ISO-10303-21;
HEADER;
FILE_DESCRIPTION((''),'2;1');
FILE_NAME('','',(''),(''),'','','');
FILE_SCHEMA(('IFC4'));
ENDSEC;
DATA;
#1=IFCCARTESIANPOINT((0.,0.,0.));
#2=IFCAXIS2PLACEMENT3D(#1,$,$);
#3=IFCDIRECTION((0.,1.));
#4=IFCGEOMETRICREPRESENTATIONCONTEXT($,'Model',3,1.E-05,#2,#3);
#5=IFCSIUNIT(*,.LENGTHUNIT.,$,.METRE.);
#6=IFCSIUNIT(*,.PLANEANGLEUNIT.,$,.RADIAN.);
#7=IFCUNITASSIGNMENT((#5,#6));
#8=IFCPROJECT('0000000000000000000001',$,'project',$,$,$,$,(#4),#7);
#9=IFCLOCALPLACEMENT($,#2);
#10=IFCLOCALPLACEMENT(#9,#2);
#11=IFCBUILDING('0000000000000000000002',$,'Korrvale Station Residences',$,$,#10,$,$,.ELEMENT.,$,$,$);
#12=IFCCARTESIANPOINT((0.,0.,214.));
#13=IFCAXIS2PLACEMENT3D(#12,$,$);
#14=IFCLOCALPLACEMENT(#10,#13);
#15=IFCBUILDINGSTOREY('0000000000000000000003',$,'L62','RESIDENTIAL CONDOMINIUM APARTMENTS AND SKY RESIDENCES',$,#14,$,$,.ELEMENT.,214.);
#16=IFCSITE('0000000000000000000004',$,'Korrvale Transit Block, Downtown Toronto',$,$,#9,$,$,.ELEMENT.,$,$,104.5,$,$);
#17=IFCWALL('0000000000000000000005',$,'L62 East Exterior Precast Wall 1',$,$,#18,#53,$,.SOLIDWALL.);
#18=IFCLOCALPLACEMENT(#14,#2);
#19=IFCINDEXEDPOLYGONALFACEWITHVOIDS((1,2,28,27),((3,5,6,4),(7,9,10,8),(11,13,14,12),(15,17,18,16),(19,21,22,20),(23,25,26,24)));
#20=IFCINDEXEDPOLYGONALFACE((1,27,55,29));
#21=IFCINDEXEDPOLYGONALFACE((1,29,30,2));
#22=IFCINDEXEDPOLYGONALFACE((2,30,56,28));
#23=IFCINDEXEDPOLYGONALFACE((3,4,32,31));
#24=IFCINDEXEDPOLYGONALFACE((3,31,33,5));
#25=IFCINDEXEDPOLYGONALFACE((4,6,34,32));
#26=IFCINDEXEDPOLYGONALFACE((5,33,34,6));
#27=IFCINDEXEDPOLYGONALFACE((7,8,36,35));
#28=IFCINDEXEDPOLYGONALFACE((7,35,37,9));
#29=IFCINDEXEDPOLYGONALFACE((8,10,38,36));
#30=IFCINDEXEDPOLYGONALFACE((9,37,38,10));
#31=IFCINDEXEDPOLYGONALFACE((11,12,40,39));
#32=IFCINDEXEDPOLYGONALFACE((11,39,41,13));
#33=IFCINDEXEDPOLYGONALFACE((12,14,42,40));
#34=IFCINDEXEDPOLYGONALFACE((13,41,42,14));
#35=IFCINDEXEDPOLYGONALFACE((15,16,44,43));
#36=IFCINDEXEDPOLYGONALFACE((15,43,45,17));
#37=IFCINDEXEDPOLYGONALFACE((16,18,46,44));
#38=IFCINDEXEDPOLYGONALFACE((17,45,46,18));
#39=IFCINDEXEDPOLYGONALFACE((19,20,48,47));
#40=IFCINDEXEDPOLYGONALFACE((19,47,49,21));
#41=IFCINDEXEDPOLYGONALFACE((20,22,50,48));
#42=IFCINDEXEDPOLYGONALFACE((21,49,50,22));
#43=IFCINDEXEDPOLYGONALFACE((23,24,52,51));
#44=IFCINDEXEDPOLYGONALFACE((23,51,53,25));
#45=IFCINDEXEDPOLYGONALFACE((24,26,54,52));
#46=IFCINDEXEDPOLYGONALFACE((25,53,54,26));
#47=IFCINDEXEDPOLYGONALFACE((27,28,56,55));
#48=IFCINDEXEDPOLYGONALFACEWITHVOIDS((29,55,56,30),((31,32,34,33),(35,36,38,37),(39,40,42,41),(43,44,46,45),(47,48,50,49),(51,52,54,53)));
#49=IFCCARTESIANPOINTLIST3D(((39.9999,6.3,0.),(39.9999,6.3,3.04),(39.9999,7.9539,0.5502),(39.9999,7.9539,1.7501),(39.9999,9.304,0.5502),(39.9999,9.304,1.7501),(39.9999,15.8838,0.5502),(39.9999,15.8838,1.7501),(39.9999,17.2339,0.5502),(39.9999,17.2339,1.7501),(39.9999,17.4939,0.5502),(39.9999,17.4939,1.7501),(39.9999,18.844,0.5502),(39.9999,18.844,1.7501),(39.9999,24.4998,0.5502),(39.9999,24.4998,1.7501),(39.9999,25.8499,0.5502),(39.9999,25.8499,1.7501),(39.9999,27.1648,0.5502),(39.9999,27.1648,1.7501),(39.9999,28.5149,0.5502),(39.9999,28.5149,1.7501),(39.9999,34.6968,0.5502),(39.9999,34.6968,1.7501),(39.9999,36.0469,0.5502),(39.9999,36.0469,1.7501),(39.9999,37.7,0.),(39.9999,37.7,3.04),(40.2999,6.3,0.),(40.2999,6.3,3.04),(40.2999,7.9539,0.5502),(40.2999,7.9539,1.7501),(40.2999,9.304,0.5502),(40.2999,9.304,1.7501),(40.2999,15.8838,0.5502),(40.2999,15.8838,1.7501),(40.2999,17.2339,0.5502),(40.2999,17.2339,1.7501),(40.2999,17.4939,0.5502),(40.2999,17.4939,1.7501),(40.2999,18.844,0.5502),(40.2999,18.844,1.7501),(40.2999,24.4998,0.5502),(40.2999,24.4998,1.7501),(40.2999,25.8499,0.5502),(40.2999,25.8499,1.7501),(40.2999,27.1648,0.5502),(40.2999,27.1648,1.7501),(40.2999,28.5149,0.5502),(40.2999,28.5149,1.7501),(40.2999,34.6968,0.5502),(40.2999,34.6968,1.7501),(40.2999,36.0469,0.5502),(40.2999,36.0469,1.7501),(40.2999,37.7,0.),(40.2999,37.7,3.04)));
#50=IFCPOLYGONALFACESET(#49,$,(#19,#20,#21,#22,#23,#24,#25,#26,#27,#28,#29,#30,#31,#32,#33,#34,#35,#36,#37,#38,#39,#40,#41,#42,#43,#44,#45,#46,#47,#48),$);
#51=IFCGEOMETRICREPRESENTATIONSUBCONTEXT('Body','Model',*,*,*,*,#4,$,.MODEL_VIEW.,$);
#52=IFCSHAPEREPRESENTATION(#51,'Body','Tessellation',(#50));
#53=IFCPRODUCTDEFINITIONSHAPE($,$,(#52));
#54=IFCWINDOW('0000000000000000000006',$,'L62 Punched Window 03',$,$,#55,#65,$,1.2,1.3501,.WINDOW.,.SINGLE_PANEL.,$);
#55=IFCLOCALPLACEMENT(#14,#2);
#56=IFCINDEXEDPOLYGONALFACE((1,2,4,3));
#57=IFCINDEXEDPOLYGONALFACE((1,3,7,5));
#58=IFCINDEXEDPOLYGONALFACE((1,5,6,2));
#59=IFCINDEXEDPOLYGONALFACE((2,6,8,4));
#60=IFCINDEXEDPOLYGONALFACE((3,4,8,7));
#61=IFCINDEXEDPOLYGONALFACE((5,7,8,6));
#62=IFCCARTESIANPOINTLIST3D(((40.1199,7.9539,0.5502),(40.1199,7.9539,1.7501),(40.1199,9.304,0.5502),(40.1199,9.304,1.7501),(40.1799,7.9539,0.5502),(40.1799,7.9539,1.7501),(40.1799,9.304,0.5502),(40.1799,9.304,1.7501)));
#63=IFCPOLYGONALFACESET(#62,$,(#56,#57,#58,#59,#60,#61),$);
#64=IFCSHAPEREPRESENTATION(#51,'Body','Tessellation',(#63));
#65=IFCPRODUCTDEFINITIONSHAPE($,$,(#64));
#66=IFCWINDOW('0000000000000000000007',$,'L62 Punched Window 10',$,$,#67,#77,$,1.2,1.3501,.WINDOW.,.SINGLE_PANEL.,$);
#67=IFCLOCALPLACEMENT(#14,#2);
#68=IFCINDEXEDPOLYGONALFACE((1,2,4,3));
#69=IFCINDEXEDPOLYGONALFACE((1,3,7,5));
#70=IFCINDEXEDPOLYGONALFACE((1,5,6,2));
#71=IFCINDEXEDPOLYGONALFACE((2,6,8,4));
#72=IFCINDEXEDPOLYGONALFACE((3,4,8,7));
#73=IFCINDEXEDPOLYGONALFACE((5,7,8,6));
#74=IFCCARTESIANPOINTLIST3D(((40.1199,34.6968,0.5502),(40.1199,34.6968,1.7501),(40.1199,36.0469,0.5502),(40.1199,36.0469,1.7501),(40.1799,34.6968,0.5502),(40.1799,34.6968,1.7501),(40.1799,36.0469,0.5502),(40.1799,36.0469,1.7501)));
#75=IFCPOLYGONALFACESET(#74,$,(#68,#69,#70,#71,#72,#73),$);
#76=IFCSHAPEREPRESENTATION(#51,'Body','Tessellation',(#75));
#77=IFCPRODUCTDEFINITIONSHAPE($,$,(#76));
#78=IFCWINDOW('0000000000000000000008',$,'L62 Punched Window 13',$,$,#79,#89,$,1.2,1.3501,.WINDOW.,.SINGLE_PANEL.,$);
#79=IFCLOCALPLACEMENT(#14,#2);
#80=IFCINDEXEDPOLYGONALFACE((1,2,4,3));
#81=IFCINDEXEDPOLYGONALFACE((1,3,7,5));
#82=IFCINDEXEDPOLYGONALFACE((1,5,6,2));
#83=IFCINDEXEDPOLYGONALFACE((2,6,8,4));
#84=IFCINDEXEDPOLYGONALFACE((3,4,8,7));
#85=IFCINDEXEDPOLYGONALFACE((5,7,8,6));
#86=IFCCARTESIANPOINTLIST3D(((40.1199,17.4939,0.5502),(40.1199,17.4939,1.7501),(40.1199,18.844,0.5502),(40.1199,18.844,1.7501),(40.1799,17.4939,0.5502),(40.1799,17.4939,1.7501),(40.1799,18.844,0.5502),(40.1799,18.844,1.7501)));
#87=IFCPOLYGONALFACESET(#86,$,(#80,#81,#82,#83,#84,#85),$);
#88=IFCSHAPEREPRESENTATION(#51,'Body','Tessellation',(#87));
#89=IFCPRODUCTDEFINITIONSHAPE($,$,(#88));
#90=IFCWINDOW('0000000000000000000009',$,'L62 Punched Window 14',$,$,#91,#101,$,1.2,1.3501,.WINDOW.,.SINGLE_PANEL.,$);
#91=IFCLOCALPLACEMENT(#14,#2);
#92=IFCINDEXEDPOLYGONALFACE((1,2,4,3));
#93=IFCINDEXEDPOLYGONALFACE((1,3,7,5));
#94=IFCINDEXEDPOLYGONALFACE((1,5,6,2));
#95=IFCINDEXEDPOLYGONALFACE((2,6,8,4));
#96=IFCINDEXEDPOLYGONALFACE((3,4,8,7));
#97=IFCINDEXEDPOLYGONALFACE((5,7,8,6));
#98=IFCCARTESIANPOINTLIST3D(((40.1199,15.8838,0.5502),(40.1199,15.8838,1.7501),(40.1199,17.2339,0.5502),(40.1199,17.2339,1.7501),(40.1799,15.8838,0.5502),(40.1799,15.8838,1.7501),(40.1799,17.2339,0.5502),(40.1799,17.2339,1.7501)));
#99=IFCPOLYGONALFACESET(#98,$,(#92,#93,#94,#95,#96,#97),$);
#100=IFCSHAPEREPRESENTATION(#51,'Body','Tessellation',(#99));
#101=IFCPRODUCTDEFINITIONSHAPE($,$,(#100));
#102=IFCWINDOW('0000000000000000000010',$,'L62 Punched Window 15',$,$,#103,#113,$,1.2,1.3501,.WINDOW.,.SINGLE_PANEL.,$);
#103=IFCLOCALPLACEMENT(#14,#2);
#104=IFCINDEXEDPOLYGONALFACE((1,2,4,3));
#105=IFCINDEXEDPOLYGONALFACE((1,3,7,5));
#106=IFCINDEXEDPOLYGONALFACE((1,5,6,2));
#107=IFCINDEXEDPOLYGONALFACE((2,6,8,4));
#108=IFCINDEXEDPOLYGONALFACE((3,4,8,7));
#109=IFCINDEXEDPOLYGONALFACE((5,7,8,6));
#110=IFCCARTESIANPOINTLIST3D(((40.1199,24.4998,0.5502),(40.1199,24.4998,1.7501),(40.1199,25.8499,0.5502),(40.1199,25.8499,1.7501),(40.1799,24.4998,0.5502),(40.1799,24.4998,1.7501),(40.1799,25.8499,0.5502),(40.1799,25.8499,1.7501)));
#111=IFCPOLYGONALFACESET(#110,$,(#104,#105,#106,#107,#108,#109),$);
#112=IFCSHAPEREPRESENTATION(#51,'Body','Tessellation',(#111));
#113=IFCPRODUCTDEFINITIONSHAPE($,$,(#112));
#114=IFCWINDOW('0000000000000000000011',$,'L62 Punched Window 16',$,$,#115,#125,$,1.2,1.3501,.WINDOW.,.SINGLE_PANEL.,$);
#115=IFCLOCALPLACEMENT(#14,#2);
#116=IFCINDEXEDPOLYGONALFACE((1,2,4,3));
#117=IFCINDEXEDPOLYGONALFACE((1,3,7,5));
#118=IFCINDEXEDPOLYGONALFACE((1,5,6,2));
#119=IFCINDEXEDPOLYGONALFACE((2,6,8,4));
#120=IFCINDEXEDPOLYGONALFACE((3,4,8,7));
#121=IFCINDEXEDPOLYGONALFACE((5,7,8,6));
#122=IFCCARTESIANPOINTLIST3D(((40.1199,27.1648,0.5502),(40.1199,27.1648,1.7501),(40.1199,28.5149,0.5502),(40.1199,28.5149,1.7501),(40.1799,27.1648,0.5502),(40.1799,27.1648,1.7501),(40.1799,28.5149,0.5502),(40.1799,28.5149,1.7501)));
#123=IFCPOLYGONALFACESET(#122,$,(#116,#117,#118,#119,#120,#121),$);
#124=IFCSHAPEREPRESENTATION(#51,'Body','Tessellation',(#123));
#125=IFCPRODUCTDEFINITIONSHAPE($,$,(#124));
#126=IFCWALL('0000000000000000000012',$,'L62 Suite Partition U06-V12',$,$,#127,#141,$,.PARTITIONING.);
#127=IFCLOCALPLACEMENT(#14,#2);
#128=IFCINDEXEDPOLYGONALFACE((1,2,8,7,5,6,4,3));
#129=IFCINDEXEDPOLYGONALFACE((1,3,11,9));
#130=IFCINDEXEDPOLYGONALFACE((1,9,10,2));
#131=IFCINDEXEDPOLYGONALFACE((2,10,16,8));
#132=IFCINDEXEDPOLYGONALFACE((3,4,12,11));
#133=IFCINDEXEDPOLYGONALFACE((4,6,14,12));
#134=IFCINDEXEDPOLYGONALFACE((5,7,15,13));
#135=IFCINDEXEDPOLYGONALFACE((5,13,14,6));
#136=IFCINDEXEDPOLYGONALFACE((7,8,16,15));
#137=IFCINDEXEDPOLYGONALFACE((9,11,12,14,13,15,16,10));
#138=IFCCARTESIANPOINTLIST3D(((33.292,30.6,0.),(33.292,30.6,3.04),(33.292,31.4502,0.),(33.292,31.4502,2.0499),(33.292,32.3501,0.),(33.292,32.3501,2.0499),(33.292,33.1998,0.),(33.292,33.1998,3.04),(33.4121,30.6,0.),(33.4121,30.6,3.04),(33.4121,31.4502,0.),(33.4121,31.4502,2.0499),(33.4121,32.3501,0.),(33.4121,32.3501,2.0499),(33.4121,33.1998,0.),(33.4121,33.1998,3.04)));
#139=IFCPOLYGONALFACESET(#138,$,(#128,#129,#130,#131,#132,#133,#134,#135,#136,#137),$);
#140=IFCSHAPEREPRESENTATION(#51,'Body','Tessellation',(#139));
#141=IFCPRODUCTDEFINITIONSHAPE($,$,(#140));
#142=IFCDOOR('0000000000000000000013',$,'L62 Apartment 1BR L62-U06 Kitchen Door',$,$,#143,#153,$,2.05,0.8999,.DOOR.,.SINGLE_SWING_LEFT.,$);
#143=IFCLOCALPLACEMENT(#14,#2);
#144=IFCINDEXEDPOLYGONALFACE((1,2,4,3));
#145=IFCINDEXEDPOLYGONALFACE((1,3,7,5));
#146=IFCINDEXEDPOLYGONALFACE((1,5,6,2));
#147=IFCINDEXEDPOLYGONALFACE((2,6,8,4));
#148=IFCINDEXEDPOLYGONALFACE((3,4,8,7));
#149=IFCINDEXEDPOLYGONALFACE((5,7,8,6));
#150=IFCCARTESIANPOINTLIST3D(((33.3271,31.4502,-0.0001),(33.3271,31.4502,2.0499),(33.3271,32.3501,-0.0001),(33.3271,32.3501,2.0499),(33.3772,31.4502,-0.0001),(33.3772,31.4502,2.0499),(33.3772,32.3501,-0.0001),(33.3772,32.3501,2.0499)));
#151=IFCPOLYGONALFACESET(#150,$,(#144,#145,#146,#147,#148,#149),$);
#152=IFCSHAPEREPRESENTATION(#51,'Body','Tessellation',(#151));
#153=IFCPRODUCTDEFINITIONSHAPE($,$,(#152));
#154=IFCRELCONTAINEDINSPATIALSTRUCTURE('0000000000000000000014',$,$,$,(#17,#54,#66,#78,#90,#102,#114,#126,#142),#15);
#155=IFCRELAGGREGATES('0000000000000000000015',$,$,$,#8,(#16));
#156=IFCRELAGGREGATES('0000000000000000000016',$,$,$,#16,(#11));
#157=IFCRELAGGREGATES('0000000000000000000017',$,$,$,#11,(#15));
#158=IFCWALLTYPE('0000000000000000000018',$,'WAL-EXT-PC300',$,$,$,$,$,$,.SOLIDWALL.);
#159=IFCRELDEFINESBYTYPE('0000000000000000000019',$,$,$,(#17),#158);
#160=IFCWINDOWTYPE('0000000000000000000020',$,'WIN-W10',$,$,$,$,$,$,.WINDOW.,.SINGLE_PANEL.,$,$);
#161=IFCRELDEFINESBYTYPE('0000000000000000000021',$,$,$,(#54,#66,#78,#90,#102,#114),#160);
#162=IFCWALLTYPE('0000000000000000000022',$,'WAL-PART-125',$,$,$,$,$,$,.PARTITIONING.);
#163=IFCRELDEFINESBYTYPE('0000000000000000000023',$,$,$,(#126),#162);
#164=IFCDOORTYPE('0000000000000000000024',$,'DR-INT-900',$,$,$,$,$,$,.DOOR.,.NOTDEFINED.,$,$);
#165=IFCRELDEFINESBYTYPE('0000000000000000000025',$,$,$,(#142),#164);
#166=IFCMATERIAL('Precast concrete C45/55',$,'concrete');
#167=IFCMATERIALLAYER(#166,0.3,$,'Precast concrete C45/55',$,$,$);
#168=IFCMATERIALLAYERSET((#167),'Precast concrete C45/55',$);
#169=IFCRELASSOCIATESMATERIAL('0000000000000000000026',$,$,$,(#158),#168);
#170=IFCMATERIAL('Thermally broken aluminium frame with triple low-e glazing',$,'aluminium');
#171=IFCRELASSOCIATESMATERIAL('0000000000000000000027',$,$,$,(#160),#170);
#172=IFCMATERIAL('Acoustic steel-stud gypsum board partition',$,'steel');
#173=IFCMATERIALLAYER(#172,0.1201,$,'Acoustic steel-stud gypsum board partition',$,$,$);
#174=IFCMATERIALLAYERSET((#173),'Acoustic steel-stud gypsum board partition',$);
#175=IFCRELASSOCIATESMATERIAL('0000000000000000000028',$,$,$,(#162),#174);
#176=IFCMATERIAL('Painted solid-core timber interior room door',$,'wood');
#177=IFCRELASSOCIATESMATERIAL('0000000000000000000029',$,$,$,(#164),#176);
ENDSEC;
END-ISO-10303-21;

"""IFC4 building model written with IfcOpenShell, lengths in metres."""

from ifc_helpers import new_model, si_unit, direction, frame, frame_2d, origin, place, context, subcontext, project, spatial, rectangle, extrude, material, layer, layer_set, type_object, element, fill, save


model = new_model("IFC4")

# Units and contexts
model_context = context("Model", 3, precision=1e-05, world=origin(), true_north=direction((0.0, 1.0)))
body_context = subcontext(model_context, "Body", "Model", "MODEL_VIEW")
ifc_project = project(units=[si_unit("LENGTHUNIT", "METRE"), si_unit("PLANEANGLEUNIT", "RADIAN")], contexts=[model_context])

# Site, building, storey
site_placement = place(None, origin())
site = spatial("IfcSite", under=ifc_project, at=site_placement, Name="Korrvale Transit Block, Downtown Toronto", CompositionType="ELEMENT", RefElevation=104.5)
building_placement = place(site_placement, origin())
building = spatial("IfcBuilding", under=site, at=building_placement, Name="Korrvale Station Residences", CompositionType="ELEMENT")
storey_placement = place(building_placement, frame((0.0, 0.0, 214.0)))
storey = spatial("IfcBuildingStorey", under=building, at=storey_placement, Name="L62", Description="RESIDENTIAL CONDOMINIUM APARTMENTS AND SKY RESIDENCES", CompositionType="ELEMENT", Elevation=214.0)

# Shared definitions
ifc_material_1 = material(Name="Precast concrete C45/55", Category="concrete")
ifc_layer_1 = layer(ifc_material_1, 0.3, Name="Precast concrete C45/55")
ifc_layer_set_1 = layer_set([ifc_layer_1], Name="Precast concrete C45/55")
wall_type_1 = type_object("IfcWallType", Name="WAL-EXT-PC300", PredefinedType="SOLIDWALL", material=ifc_layer_set_1)

# Wall, openings, windows
wall_1_placement = place(storey_placement, frame((40.1499, 37.7, 0.0), z_axis=(0.0, 0.0, 1.0), x_axis=(0.0, -1.0, 0.0)))
wall_1 = element("IfcWall", 1, at=wall_1_placement, inside=storey, type_object=wall_type_1, Name="L62 East Exterior Precast Wall 1", PredefinedType="SOLIDWALL", context=body_context, shape_type="SweptSolid", body=[
    extrude(rectangle(XDim=31.3999, YDim=0.3, at=frame_2d((15.7, 0.0))), origin(), (0.0, 0.0, 1.0), 3.04),
])
opening_1_placement = place(wall_1_placement, frame((28.396, 0.0, 0.55)))
opening_1 = element("IfcOpeningElement", 2, at=opening_1_placement, cuts=wall_1, PredefinedType="OPENING", context=body_context, shape_type="SweptSolid", body=[
    extrude(rectangle(XDim=1.3501, YDim=1.2, at=frame_2d((0.675, 0.6001))), frame((0.0, 0.1602, 0.0), z_axis=(0.0, -1.0, 0.0), x_axis=(1.0, 0.0, 0.0)), (0.0, 0.0, 1.0), 0.3201),
])
opening_2_placement = place(wall_1_placement, frame((1.6531, 0.0, 0.55)))
opening_2 = element("IfcOpeningElement", 3, at=opening_2_placement, cuts=wall_1, PredefinedType="OPENING", context=body_context, shape_type="SweptSolid", body=[
    extrude(rectangle(XDim=1.3501, YDim=1.2, at=frame_2d((0.675, 0.6001))), frame((0.0, 0.1602, 0.0), z_axis=(0.0, -1.0, 0.0), x_axis=(1.0, 0.0, 0.0)), (0.0, 0.0, 1.0), 0.3201),
])
opening_3_placement = place(wall_1_placement, frame((18.856, 0.0, 0.55)))
opening_3 = element("IfcOpeningElement", 4, at=opening_3_placement, cuts=wall_1, PredefinedType="OPENING", context=body_context, shape_type="SweptSolid", body=[
    extrude(rectangle(XDim=1.3501, YDim=1.2, at=frame_2d((0.675, 0.6001))), frame((0.0, 0.1602, 0.0), z_axis=(0.0, -1.0, 0.0), x_axis=(1.0, 0.0, 0.0)), (0.0, 0.0, 1.0), 0.3201),
])
opening_4_placement = place(wall_1_placement, frame((20.4661, 0.0, 0.55)))
opening_4 = element("IfcOpeningElement", 5, at=opening_4_placement, cuts=wall_1, PredefinedType="OPENING", context=body_context, shape_type="SweptSolid", body=[
    extrude(rectangle(XDim=1.3501, YDim=1.2, at=frame_2d((0.675, 0.6001))), frame((0.0, 0.1602, 0.0), z_axis=(0.0, -1.0, 0.0), x_axis=(1.0, 0.0, 0.0)), (0.0, 0.0, 1.0), 0.3201),
])
opening_5_placement = place(wall_1_placement, frame((11.8501, 0.0, 0.55)))
opening_5 = element("IfcOpeningElement", 6, at=opening_5_placement, cuts=wall_1, PredefinedType="OPENING", context=body_context, shape_type="SweptSolid", body=[
    extrude(rectangle(XDim=1.3501, YDim=1.2, at=frame_2d((0.675, 0.6001))), frame((0.0, 0.1602, 0.0), z_axis=(0.0, -1.0, 0.0), x_axis=(1.0, 0.0, 0.0)), (0.0, 0.0, 1.0), 0.3201),
])
opening_6_placement = place(wall_1_placement, frame((9.1851, 0.0, 0.55)))
opening_6 = element("IfcOpeningElement", 7, at=opening_6_placement, cuts=wall_1, PredefinedType="OPENING", context=body_context, shape_type="SweptSolid", body=[
    extrude(rectangle(XDim=1.3501, YDim=1.2, at=frame_2d((0.675, 0.6001))), frame((0.0, 0.1602, 0.0), z_axis=(0.0, -1.0, 0.0), x_axis=(1.0, 0.0, 0.0)), (0.0, 0.0, 1.0), 0.3201),
])
ifc_material_2 = material(Name="Thermally broken aluminium frame with triple low-e glazing", Category="aluminium")
window_type = type_object("IfcWindowType", Name="WIN-W10", PartitioningType="SINGLE_PANEL", PredefinedType="WINDOW", material=ifc_material_2)
window_1_placement = place(opening_1_placement, origin())
window_1 = element("IfcWindow", 8, at=window_1_placement, inside=storey, type_object=window_type, Name="L62 Punched Window 03", OverallHeight=1.2, OverallWidth=1.3501, PartitioningType="SINGLE_PANEL", PredefinedType="WINDOW", context=body_context, shape_type="SweptSolid", body=[
    extrude(rectangle(XDim=1.3501, YDim=1.2, at=frame_2d((0.675, 0.6001))), frame((0.0, 0.03, 0.0), z_axis=(0.0, -1.0, 0.0), x_axis=(1.0, 0.0, 0.0)), (0.0, 0.0, 1.0), 0.0601),
])
fill(opening_1, window_1)
window_2_placement = place(opening_2_placement, origin())
window_2 = element("IfcWindow", 9, at=window_2_placement, inside=storey, type_object=window_type, Name="L62 Punched Window 10", OverallHeight=1.2, OverallWidth=1.3501, PartitioningType="SINGLE_PANEL", PredefinedType="WINDOW", context=body_context, shape_type="SweptSolid", body=[
    extrude(rectangle(XDim=1.3501, YDim=1.2, at=frame_2d((0.675, 0.6001))), frame((0.0, 0.03, 0.0), z_axis=(0.0, -1.0, 0.0), x_axis=(1.0, 0.0, 0.0)), (0.0, 0.0, 1.0), 0.0601),
])
fill(opening_2, window_2)
window_3_placement = place(opening_3_placement, origin())
window_3 = element("IfcWindow", 10, at=window_3_placement, inside=storey, type_object=window_type, Name="L62 Punched Window 13", OverallHeight=1.2, OverallWidth=1.3501, PartitioningType="SINGLE_PANEL", PredefinedType="WINDOW", context=body_context, shape_type="SweptSolid", body=[
    extrude(rectangle(XDim=1.3501, YDim=1.2, at=frame_2d((0.675, 0.6001))), frame((0.0, 0.03, 0.0), z_axis=(0.0, -1.0, 0.0), x_axis=(1.0, 0.0, 0.0)), (0.0, 0.0, 1.0), 0.0601),
])
fill(opening_3, window_3)
window_4_placement = place(opening_4_placement, origin())
window_4 = element("IfcWindow", 11, at=window_4_placement, inside=storey, type_object=window_type, Name="L62 Punched Window 14", OverallHeight=1.2, OverallWidth=1.3501, PartitioningType="SINGLE_PANEL", PredefinedType="WINDOW", context=body_context, shape_type="SweptSolid", body=[
    extrude(rectangle(XDim=1.3501, YDim=1.2, at=frame_2d((0.675, 0.6001))), frame((0.0, 0.03, 0.0), z_axis=(0.0, -1.0, 0.0), x_axis=(1.0, 0.0, 0.0)), (0.0, 0.0, 1.0), 0.0601),
])
fill(opening_4, window_4)
window_5_placement = place(opening_5_placement, origin())
window_5 = element("IfcWindow", 12, at=window_5_placement, inside=storey, type_object=window_type, Name="L62 Punched Window 15", OverallHeight=1.2, OverallWidth=1.3501, PartitioningType="SINGLE_PANEL", PredefinedType="WINDOW", context=body_context, shape_type="SweptSolid", body=[
    extrude(rectangle(XDim=1.3501, YDim=1.2, at=frame_2d((0.675, 0.6001))), frame((0.0, 0.03, 0.0), z_axis=(0.0, -1.0, 0.0), x_axis=(1.0, 0.0, 0.0)), (0.0, 0.0, 1.0), 0.0601),
])
fill(opening_5, window_5)
window_6_placement = place(opening_6_placement, origin())
window_6 = element("IfcWindow", 13, at=window_6_placement, inside=storey, type_object=window_type, Name="L62 Punched Window 16", OverallHeight=1.2, OverallWidth=1.3501, PartitioningType="SINGLE_PANEL", PredefinedType="WINDOW", context=body_context, shape_type="SweptSolid", body=[
    extrude(rectangle(XDim=1.3501, YDim=1.2, at=frame_2d((0.675, 0.6001))), frame((0.0, 0.03, 0.0), z_axis=(0.0, -1.0, 0.0), x_axis=(1.0, 0.0, 0.0)), (0.0, 0.0, 1.0), 0.0601),
])
fill(opening_6, window_6)

# Wall, opening, door
ifc_material_3 = material(Name="Acoustic steel-stud gypsum board partition", Category="steel")
ifc_layer_2 = layer(ifc_material_3, 0.1201, Name="Acoustic steel-stud gypsum board partition")
ifc_layer_set_2 = layer_set([ifc_layer_2], Name="Acoustic steel-stud gypsum board partition")
wall_type_2 = type_object("IfcWallType", Name="WAL-PART-125", PredefinedType="PARTITIONING", material=ifc_layer_set_2)
wall_2_placement = place(storey_placement, frame((33.3521, 30.6001, 0.0), z_axis=(0.0, 0.0, 1.0), x_axis=(0.0, 1.0, 0.0)))
wall_2 = element("IfcWall", 14, at=wall_2_placement, inside=storey, type_object=wall_type_2, Name="L62 Suite Partition U06-V12", PredefinedType="PARTITIONING", context=body_context, shape_type="SweptSolid", body=[
    extrude(rectangle(XDim=2.5999, YDim=0.1201, at=frame_2d((1.2998, 0.0))), origin(), (0.0, 0.0, 1.0), 3.04),
])
opening_7_placement = place(wall_2_placement, frame((0.8501, 0.0, 0.0)))
opening_7 = element("IfcOpeningElement", 15, at=opening_7_placement, cuts=wall_2, PredefinedType="OPENING", context=body_context, shape_type="SweptSolid", body=[
    extrude(rectangle(XDim=0.8999, YDim=2.05, at=frame_2d((0.45, 1.0249))), frame((0.0, 0.0701, 0.0), z_axis=(0.0, -1.0, 0.0), x_axis=(1.0, 0.0, 0.0)), (0.0, 0.0, 1.0), 0.1401),
])
ifc_material_4 = material(Name="Painted solid-core timber interior room door", Category="wood")
door_type = type_object("IfcDoorType", Name="DR-INT-900", OperationType="NOTDEFINED", PredefinedType="DOOR", material=ifc_material_4)
door_1_placement = place(opening_7_placement, origin())
door_1 = element("IfcDoor", 16, at=door_1_placement, inside=storey, type_object=door_type, Name="L62 Apartment 1BR L62-U06 Kitchen Door", OperationType="SINGLE_SWING_LEFT", OverallHeight=2.05, OverallWidth=0.8999, PredefinedType="DOOR", context=body_context, shape_type="SweptSolid", body=[
    extrude(rectangle(XDim=0.8999, YDim=2.05, at=frame_2d((0.45, 1.0249))), frame((0.0, 0.0249, 0.0), z_axis=(0.0, -1.0, 0.0), x_axis=(1.0, 0.0, 0.0)), (0.0, 0.0, 1.0), 0.05),
])
fill(opening_7, door_1)

save(model, "model.ifc")
